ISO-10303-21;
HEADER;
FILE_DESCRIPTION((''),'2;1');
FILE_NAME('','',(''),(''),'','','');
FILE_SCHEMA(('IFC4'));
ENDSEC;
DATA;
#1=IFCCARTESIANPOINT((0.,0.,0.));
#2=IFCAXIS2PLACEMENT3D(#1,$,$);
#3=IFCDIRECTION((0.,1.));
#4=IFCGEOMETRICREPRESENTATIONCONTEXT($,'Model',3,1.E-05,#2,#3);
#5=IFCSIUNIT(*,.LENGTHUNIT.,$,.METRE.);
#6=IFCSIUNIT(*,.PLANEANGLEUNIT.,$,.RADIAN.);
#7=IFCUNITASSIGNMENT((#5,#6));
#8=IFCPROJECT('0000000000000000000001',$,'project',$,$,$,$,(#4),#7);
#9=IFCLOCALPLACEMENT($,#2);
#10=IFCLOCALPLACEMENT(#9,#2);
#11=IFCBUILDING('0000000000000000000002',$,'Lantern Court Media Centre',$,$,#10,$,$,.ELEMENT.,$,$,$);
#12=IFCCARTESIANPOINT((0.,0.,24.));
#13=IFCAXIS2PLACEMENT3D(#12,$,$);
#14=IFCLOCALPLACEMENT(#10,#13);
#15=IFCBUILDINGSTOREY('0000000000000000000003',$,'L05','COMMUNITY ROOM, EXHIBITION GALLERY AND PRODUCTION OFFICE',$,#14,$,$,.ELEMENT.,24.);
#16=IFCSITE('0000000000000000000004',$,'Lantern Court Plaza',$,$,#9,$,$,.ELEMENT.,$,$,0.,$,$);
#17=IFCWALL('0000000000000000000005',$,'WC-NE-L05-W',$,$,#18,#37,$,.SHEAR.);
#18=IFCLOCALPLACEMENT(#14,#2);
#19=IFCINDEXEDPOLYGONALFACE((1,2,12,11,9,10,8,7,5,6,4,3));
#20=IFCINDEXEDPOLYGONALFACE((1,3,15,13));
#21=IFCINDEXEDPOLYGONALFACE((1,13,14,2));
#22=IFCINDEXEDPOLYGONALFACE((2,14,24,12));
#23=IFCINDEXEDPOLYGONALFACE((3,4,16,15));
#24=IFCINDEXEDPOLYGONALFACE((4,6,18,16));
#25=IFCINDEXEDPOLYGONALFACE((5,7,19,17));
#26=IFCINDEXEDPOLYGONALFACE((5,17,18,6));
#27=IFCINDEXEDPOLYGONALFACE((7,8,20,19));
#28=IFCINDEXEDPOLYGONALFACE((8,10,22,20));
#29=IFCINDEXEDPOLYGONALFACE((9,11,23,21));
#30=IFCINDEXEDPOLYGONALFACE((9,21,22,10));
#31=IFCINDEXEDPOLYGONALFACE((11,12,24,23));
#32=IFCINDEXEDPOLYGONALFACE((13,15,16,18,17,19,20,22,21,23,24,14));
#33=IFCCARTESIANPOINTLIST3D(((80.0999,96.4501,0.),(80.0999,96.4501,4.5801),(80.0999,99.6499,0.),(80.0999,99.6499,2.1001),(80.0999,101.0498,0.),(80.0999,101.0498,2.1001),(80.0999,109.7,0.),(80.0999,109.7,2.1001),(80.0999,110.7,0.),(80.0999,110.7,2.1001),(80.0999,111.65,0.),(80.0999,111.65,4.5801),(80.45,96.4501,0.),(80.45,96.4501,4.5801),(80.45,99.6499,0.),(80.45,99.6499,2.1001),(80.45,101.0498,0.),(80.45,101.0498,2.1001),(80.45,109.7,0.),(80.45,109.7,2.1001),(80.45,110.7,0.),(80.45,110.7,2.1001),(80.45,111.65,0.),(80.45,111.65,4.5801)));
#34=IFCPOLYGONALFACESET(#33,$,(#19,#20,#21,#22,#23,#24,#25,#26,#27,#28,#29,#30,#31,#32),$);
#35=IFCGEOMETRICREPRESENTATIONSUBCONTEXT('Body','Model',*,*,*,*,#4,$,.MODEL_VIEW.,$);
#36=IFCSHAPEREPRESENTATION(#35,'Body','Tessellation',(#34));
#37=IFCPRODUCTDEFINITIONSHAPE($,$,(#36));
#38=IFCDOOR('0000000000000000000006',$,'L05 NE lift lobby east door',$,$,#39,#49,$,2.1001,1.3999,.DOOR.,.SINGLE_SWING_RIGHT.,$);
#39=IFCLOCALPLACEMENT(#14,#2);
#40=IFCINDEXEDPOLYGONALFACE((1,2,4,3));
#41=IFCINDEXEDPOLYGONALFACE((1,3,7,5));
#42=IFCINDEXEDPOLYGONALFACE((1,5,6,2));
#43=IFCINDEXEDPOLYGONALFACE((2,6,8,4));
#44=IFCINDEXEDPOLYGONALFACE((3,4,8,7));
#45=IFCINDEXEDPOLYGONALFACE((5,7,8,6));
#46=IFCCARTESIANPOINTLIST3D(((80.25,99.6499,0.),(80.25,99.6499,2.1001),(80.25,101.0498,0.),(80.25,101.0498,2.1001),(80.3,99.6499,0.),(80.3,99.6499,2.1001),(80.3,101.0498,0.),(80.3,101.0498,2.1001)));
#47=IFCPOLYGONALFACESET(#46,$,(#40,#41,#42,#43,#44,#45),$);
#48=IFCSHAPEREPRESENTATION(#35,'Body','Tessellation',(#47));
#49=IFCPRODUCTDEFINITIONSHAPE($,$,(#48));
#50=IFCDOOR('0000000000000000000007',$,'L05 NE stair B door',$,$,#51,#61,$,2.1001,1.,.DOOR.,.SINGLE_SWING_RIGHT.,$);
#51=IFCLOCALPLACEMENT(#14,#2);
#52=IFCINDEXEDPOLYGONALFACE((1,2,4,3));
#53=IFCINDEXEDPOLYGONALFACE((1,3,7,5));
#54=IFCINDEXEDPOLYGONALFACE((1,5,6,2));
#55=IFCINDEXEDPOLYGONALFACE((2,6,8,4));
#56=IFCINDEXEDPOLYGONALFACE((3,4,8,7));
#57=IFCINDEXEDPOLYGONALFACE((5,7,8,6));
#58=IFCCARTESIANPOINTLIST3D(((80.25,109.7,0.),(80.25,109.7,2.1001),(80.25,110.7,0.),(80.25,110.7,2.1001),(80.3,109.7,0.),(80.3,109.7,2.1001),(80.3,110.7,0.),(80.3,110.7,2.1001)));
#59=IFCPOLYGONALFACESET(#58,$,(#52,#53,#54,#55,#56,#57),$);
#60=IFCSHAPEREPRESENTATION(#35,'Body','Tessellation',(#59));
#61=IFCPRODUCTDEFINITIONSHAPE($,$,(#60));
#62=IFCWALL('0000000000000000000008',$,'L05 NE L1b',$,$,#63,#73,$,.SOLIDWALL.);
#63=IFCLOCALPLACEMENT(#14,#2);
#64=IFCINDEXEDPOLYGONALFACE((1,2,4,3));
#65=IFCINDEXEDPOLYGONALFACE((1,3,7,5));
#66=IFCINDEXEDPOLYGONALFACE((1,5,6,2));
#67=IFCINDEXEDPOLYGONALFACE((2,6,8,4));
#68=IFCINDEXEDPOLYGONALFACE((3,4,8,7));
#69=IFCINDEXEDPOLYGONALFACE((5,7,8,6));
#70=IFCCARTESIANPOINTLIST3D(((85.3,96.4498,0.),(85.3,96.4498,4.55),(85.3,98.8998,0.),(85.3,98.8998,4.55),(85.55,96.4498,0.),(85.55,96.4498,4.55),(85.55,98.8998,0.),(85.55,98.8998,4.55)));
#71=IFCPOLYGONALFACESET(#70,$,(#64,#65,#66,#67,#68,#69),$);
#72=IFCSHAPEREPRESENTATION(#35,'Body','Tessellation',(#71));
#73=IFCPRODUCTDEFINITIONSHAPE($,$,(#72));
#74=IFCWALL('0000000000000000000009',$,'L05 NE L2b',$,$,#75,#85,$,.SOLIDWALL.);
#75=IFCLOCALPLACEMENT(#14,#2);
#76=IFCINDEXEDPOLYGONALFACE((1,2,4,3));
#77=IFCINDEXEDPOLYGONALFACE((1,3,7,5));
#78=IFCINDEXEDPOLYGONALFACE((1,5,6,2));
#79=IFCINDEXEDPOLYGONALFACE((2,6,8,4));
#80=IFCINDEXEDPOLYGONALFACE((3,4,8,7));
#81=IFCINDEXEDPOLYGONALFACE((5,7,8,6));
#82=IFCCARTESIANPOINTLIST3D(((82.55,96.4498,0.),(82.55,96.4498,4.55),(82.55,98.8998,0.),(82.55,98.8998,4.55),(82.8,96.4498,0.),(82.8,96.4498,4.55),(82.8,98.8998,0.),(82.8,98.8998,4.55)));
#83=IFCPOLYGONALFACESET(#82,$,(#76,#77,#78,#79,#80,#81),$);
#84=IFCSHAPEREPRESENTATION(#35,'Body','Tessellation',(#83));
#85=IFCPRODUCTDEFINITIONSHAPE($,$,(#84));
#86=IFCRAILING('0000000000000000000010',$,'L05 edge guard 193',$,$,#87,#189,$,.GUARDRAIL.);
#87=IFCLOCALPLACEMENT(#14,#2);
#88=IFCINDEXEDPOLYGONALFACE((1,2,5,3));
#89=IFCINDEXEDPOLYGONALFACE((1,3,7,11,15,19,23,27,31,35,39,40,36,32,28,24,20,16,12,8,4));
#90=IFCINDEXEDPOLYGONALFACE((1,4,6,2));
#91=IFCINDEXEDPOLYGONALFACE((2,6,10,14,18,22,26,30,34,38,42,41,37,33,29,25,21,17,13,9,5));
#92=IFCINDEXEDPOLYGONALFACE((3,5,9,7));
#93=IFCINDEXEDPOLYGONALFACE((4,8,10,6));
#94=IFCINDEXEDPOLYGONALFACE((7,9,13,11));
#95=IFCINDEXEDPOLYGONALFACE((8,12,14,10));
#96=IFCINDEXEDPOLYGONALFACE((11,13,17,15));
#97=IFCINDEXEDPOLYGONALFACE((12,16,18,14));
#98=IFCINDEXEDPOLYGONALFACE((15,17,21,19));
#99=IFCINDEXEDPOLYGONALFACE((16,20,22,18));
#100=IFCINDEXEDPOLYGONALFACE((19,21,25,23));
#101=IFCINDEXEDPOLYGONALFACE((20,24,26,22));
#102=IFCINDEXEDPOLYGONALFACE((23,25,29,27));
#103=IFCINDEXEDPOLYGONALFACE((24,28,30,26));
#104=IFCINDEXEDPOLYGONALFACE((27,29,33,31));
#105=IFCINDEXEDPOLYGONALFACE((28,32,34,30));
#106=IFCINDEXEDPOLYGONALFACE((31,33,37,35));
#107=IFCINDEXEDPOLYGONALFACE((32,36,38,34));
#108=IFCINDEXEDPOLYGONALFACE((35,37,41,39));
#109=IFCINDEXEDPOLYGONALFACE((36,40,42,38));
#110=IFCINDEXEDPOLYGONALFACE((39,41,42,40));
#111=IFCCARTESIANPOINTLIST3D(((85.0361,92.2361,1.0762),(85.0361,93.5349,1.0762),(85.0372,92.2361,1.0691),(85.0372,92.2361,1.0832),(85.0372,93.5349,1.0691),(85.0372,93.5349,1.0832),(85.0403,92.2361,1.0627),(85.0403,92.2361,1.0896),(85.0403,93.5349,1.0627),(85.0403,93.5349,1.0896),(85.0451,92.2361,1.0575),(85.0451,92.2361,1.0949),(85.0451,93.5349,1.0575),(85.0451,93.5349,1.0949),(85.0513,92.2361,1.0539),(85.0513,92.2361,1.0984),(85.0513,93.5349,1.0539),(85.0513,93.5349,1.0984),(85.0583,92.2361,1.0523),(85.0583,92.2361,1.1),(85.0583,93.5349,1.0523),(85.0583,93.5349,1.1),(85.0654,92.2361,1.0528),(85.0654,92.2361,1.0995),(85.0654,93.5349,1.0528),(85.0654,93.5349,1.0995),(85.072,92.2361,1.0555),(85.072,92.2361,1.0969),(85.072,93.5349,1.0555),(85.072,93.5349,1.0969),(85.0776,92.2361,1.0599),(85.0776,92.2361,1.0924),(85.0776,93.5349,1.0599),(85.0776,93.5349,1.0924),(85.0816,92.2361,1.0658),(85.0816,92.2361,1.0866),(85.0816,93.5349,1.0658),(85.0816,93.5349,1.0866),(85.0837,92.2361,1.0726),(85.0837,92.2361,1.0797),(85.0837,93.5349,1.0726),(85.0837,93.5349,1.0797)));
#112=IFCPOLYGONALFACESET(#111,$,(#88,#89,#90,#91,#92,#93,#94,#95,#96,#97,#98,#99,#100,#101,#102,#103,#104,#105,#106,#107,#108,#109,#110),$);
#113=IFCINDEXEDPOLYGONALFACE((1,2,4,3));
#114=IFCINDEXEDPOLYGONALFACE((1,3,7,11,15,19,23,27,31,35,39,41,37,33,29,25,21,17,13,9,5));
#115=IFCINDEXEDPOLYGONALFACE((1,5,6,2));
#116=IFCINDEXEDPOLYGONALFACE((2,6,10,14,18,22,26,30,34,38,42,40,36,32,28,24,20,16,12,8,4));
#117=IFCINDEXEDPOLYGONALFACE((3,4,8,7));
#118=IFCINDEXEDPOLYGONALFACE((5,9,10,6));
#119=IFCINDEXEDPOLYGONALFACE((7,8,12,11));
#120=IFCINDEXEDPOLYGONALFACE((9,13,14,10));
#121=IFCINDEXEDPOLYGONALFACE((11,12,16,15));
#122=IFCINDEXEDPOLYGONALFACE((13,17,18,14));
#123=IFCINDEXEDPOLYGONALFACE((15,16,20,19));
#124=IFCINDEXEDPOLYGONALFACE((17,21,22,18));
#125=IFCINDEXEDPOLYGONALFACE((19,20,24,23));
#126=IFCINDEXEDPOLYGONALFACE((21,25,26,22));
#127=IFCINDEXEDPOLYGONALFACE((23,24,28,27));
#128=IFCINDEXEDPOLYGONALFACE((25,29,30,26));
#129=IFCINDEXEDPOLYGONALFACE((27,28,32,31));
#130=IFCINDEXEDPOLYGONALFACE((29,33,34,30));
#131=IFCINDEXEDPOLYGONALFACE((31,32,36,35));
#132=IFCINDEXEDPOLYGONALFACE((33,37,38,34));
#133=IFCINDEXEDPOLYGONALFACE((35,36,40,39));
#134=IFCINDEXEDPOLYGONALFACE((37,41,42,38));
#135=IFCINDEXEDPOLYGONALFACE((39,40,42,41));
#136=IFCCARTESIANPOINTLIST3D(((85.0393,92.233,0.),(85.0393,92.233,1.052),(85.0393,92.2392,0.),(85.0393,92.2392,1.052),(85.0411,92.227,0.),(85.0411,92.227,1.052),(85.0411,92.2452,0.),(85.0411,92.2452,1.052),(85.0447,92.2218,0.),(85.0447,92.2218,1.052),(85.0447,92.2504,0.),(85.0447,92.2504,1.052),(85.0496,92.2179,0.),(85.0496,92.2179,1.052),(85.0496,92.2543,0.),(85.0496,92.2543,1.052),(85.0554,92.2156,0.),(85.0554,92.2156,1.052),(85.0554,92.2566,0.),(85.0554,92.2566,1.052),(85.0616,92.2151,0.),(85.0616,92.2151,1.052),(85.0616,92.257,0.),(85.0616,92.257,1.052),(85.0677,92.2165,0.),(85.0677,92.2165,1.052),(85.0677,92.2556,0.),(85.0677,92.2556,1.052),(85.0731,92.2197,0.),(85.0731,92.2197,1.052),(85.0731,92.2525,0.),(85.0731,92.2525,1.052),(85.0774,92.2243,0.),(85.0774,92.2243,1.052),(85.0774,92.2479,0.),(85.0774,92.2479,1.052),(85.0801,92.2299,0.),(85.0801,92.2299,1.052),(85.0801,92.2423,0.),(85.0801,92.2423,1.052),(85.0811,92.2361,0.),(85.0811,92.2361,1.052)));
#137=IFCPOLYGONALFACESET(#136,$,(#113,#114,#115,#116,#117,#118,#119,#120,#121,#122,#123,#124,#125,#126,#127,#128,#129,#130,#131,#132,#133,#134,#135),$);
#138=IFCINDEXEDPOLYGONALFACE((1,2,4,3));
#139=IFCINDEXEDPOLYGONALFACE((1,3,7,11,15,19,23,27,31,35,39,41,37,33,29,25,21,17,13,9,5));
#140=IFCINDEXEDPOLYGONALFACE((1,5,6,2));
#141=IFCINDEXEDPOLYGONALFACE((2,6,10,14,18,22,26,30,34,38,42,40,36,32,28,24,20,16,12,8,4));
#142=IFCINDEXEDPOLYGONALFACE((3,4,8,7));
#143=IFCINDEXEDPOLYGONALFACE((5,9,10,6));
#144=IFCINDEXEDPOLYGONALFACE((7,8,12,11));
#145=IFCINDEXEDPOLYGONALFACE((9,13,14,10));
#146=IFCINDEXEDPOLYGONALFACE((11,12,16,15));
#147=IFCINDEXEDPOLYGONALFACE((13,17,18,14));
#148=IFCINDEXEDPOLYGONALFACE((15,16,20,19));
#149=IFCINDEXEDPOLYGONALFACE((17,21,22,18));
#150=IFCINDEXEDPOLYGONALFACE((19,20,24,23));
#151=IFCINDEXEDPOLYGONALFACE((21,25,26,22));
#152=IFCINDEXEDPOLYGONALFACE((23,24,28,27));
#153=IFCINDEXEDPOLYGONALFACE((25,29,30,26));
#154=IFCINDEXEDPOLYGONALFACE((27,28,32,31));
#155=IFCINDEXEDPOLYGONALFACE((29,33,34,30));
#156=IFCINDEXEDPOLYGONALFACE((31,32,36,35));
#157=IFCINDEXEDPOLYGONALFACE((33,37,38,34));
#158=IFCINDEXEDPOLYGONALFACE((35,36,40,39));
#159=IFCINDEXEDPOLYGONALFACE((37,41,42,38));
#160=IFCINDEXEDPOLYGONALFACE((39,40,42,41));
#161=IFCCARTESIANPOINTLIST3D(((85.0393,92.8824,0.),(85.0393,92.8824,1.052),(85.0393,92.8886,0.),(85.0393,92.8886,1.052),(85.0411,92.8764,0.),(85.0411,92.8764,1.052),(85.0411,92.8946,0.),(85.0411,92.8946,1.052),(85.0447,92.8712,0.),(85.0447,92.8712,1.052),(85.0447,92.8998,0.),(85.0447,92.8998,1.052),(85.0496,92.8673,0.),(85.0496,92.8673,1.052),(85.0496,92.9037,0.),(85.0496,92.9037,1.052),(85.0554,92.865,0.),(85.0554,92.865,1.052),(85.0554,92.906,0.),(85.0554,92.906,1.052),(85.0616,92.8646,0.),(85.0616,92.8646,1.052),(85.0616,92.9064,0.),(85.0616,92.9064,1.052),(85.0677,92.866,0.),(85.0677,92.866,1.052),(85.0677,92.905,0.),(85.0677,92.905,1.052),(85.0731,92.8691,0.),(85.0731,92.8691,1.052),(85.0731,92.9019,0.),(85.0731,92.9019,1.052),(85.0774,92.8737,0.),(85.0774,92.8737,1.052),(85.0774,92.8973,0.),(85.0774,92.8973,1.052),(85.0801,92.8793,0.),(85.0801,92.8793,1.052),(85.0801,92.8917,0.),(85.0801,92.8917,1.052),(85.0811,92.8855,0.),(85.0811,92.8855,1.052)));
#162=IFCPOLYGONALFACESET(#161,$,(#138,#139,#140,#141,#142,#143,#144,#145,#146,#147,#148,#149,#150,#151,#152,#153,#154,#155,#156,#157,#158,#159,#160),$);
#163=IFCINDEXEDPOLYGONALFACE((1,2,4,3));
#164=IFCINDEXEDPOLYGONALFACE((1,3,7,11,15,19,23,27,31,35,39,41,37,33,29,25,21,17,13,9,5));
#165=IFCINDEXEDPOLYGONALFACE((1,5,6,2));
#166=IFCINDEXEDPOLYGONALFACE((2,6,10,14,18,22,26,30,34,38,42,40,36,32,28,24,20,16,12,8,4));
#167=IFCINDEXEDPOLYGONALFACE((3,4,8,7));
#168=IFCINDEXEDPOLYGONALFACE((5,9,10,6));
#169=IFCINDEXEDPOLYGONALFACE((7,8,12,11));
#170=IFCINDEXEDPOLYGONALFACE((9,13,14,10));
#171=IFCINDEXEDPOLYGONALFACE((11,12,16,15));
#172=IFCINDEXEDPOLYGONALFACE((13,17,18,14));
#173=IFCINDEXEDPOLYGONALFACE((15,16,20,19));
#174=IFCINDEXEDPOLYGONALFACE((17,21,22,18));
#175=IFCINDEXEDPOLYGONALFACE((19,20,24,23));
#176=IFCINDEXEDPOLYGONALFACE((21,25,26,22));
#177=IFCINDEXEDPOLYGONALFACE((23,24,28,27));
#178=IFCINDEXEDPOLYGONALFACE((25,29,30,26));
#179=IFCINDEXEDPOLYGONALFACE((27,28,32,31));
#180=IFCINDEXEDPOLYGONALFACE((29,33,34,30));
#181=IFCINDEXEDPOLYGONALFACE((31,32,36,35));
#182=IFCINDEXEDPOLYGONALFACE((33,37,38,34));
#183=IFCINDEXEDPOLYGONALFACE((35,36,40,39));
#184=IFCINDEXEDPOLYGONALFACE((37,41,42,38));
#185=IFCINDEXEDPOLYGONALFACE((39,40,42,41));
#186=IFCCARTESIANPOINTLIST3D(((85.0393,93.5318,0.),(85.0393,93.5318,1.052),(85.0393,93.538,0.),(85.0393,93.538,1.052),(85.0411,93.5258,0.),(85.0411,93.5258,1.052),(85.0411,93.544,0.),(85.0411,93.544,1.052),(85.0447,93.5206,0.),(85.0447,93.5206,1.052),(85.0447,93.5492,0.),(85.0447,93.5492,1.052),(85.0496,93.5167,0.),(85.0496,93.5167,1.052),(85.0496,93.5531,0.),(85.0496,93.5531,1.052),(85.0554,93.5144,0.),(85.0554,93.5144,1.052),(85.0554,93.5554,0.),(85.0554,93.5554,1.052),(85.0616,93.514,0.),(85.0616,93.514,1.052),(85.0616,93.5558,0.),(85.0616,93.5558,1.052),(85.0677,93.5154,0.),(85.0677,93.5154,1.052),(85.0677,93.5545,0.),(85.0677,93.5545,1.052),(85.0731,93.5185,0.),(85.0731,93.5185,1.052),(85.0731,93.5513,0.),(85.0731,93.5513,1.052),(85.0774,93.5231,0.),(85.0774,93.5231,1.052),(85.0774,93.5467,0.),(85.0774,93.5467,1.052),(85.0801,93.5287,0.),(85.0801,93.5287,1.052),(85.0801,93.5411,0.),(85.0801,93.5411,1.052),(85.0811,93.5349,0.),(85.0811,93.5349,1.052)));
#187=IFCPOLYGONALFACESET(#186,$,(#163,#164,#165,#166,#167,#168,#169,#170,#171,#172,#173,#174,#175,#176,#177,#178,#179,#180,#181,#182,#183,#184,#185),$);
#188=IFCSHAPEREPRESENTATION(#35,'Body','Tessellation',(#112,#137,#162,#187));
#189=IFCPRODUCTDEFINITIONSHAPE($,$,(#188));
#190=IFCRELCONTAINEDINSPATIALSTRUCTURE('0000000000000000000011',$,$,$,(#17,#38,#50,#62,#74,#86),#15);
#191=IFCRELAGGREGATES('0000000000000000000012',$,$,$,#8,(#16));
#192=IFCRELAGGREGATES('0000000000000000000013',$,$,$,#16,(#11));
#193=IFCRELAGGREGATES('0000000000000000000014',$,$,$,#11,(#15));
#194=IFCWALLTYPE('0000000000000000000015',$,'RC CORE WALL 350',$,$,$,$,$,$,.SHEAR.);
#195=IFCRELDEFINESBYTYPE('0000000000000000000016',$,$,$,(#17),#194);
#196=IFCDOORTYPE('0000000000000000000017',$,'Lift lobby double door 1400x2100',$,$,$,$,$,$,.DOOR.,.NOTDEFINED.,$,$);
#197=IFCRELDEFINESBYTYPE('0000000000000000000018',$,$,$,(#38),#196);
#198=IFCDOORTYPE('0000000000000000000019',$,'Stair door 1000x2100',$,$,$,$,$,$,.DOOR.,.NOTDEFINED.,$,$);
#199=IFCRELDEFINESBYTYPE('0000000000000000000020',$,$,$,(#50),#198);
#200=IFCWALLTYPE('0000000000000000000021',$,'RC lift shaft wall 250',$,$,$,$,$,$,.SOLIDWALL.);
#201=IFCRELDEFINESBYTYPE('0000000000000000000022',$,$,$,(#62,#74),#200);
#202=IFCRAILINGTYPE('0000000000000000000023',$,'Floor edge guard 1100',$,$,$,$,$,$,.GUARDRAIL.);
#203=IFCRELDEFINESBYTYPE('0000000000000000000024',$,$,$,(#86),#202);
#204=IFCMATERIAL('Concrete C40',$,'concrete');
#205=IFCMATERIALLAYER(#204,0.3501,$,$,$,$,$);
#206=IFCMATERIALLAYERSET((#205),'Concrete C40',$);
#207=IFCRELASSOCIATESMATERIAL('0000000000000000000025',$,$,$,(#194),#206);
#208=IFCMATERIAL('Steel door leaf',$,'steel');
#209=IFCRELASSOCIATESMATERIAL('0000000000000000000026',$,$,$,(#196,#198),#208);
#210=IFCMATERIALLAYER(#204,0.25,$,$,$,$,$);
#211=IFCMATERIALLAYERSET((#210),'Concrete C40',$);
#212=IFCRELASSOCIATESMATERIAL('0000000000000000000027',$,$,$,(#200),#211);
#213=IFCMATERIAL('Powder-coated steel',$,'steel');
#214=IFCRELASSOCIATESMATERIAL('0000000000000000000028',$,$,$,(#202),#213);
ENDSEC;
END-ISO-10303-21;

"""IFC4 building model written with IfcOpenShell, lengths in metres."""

from ifc_helpers import new_model, si_unit, direction, frame, frame_2d, origin, origin_2d, place, context, subcontext, project, spatial, rectangle, circle, extrude, material, layer, layer_set, type_object, element, fill, save


model = new_model("IFC4")

# Units and contexts
model_context = context("Model", 3, precision=1e-05, world=origin(), true_north=direction((0.0, 1.0)))
body_context = subcontext(model_context, "Body", "Model", "MODEL_VIEW")
ifc_project = project(units=[si_unit("LENGTHUNIT", "METRE"), si_unit("PLANEANGLEUNIT", "RADIAN")], contexts=[model_context])

# Site, building, storey
site_placement = place(None, origin())
site = spatial("IfcSite", under=ifc_project, at=site_placement, Name="Lantern Court Plaza", CompositionType="ELEMENT", RefElevation=0.0)
building_placement = place(site_placement, origin())
building = spatial("IfcBuilding", under=site, at=building_placement, Name="Lantern Court Media Centre", CompositionType="ELEMENT")
storey_placement = place(building_placement, frame((0.0, 0.0, 24.0)))
storey = spatial("IfcBuildingStorey", under=building, at=storey_placement, Name="L05", Description="COMMUNITY ROOM, EXHIBITION GALLERY AND PRODUCTION OFFICE", CompositionType="ELEMENT", Elevation=24.0)

# Shared definitions
ifc_material_1 = material(Name="Concrete C40", Category="concrete")
ifc_layer_1 = layer(ifc_material_1, 0.3501)
ifc_layer_set_1 = layer_set([ifc_layer_1], Name="Concrete C40")
wall_type_1 = type_object("IfcWallType", Name="RC CORE WALL 350", PredefinedType="SHEAR", material=ifc_layer_set_1)

# Wall, openings, doors
wall_1_placement = place(storey_placement, frame((80.2749, 96.45, 0.0), z_axis=(0.0, 0.0, 1.0), x_axis=(0.0, 1.0, 0.0)))
wall_1 = element("IfcWall", 1, at=wall_1_placement, inside=storey, type_object=wall_type_1, Name="WC-NE-L05-W", PredefinedType="SHEAR", context=body_context, shape_type="SweptSolid", body=[
    extrude(rectangle(XDim=15.2, YDim=0.3501, at=frame_2d((7.6001, 0.0))), origin(), (0.0, 0.0, 1.0), 4.5801),
])
opening_1_placement = place(wall_1_placement, frame((13.25, 0.0, 0.0)))
opening_1 = element("IfcOpeningElement", 2, at=opening_1_placement, cuts=wall_1, PredefinedType="OPENING", context=body_context, shape_type="SweptSolid", body=[
    extrude(rectangle(XDim=1.0, YDim=2.1001, at=frame_2d((0.5, 1.05))), frame((0.0, 0.1851, 0.0), z_axis=(0.0, -1.0, 0.0), x_axis=(1.0, 0.0, 0.0)), (0.0, 0.0, 1.0), 0.3701),
])
opening_2_placement = place(wall_1_placement, frame((3.2, 0.0, 0.0)))
opening_2 = element("IfcOpeningElement", 3, at=opening_2_placement, cuts=wall_1, PredefinedType="OPENING", context=body_context, shape_type="SweptSolid", body=[
    extrude(rectangle(XDim=1.3999, YDim=2.1001, at=frame_2d((0.7, 1.05))), frame((0.0, 0.1851, 0.0), z_axis=(0.0, -1.0, 0.0), x_axis=(1.0, 0.0, 0.0)), (0.0, 0.0, 1.0), 0.3701),
])
ifc_material_2 = material(Name="Steel door leaf", Category="steel")
door_type_1 = type_object("IfcDoorType", Name="Lift lobby double door 1400x2100", OperationType="NOTDEFINED", PredefinedType="DOOR", material=ifc_material_2)
door_1_placement = place(opening_2_placement, origin())
door_1 = element("IfcDoor", 4, at=door_1_placement, inside=storey, type_object=door_type_1, Name="L05 NE lift lobby east door", OperationType="SINGLE_SWING_RIGHT", OverallHeight=2.1001, OverallWidth=1.3999, PredefinedType="DOOR", context=body_context, shape_type="SweptSolid", body=[
    extrude(rectangle(XDim=1.3999, YDim=2.1001, at=frame_2d((0.7, 1.05))), frame((0.0, 0.0249, 0.0), z_axis=(0.0, -1.0, 0.0), x_axis=(1.0, 0.0, 0.0)), (0.0, 0.0, 1.0), 0.05),
])
fill(opening_2, door_1)
door_type_2 = type_object("IfcDoorType", Name="Stair door 1000x2100", OperationType="NOTDEFINED", PredefinedType="DOOR", material=ifc_material_2)
door_2_placement = place(opening_1_placement, origin())
door_2 = element("IfcDoor", 5, at=door_2_placement, inside=storey, type_object=door_type_2, Name="L05 NE stair B door", OperationType="SINGLE_SWING_RIGHT", OverallHeight=2.1001, OverallWidth=1.0, PredefinedType="DOOR", context=body_context, shape_type="SweptSolid", body=[
    extrude(rectangle(XDim=1.0, YDim=2.1001, at=frame_2d((0.5, 1.05))), frame((0.0, 0.0249, 0.0), z_axis=(0.0, -1.0, 0.0), x_axis=(1.0, 0.0, 0.0)), (0.0, 0.0, 1.0), 0.05),
])
fill(opening_1, door_2)

# Walls
ifc_layer_2 = layer(ifc_material_1, 0.25)
ifc_layer_set_2 = layer_set([ifc_layer_2], Name="Concrete C40")
wall_type_2 = type_object("IfcWallType", Name="RC lift shaft wall 250", PredefinedType="SOLIDWALL", material=ifc_layer_set_2)
for number, where, z_axis, x_axis, name in (
    (6, (85.425, 98.8999, 0.0), (0.0, 0.0, 1.0), (0.0, -1.0, 0.0), "L05 NE L1b"),
    (7, (82.675, 98.8999, 0.0), (0.0, 0.0, 1.0), (0.0, -1.0, 0.0), "L05 NE L2b"),
):
    element("IfcWall", number, at=place(storey_placement, frame(where, z_axis=z_axis, x_axis=x_axis)), inside=storey, type_object=wall_type_2, Name=name, PredefinedType="SOLIDWALL", context=body_context, shape_type="SweptSolid", body=[
        extrude(rectangle(XDim=2.45, YDim=0.25, at=frame_2d((1.2251, 0.0))), origin(), (0.0, 0.0, 1.0), 4.55),
    ])

# Railing
ifc_material_3 = material(Name="Powder-coated steel", Category="steel")
railing_type = type_object("IfcRailingType", Name="Floor edge guard 1100", PredefinedType="GUARDRAIL", material=ifc_material_3)
railing_1_placement = place(storey_placement, frame((85.0601, 92.2361, 0.0)))
element("IfcRailing", 8, at=railing_1_placement, inside=storey, type_object=railing_type, Name="L05 edge guard 193", PredefinedType="GUARDRAIL", context=body_context, shape_type="SweptSolid", body=[
    extrude(circle(Radius=0.0239, at=origin_2d()), frame((0.0, 0.0, 1.0762), z_axis=(0.0, 1.0, 0.0), x_axis=(-1.0, 0.0, 0.0)), (0.0, 0.0, 1.0), 1.2988),
    extrude(circle(Radius=0.021, at=origin_2d()), origin(), (0.0, 0.0, 1.0), 1.052),
    extrude(circle(Radius=0.021, at=origin_2d()), frame((0.0, 0.6494, 0.0)), (0.0, 0.0, 1.0), 1.052),
    extrude(circle(Radius=0.021, at=origin_2d()), frame((0.0, 1.2988, 0.0)), (0.0, 0.0, 1.0), 1.052),
])

save(model, "model.ifc")
